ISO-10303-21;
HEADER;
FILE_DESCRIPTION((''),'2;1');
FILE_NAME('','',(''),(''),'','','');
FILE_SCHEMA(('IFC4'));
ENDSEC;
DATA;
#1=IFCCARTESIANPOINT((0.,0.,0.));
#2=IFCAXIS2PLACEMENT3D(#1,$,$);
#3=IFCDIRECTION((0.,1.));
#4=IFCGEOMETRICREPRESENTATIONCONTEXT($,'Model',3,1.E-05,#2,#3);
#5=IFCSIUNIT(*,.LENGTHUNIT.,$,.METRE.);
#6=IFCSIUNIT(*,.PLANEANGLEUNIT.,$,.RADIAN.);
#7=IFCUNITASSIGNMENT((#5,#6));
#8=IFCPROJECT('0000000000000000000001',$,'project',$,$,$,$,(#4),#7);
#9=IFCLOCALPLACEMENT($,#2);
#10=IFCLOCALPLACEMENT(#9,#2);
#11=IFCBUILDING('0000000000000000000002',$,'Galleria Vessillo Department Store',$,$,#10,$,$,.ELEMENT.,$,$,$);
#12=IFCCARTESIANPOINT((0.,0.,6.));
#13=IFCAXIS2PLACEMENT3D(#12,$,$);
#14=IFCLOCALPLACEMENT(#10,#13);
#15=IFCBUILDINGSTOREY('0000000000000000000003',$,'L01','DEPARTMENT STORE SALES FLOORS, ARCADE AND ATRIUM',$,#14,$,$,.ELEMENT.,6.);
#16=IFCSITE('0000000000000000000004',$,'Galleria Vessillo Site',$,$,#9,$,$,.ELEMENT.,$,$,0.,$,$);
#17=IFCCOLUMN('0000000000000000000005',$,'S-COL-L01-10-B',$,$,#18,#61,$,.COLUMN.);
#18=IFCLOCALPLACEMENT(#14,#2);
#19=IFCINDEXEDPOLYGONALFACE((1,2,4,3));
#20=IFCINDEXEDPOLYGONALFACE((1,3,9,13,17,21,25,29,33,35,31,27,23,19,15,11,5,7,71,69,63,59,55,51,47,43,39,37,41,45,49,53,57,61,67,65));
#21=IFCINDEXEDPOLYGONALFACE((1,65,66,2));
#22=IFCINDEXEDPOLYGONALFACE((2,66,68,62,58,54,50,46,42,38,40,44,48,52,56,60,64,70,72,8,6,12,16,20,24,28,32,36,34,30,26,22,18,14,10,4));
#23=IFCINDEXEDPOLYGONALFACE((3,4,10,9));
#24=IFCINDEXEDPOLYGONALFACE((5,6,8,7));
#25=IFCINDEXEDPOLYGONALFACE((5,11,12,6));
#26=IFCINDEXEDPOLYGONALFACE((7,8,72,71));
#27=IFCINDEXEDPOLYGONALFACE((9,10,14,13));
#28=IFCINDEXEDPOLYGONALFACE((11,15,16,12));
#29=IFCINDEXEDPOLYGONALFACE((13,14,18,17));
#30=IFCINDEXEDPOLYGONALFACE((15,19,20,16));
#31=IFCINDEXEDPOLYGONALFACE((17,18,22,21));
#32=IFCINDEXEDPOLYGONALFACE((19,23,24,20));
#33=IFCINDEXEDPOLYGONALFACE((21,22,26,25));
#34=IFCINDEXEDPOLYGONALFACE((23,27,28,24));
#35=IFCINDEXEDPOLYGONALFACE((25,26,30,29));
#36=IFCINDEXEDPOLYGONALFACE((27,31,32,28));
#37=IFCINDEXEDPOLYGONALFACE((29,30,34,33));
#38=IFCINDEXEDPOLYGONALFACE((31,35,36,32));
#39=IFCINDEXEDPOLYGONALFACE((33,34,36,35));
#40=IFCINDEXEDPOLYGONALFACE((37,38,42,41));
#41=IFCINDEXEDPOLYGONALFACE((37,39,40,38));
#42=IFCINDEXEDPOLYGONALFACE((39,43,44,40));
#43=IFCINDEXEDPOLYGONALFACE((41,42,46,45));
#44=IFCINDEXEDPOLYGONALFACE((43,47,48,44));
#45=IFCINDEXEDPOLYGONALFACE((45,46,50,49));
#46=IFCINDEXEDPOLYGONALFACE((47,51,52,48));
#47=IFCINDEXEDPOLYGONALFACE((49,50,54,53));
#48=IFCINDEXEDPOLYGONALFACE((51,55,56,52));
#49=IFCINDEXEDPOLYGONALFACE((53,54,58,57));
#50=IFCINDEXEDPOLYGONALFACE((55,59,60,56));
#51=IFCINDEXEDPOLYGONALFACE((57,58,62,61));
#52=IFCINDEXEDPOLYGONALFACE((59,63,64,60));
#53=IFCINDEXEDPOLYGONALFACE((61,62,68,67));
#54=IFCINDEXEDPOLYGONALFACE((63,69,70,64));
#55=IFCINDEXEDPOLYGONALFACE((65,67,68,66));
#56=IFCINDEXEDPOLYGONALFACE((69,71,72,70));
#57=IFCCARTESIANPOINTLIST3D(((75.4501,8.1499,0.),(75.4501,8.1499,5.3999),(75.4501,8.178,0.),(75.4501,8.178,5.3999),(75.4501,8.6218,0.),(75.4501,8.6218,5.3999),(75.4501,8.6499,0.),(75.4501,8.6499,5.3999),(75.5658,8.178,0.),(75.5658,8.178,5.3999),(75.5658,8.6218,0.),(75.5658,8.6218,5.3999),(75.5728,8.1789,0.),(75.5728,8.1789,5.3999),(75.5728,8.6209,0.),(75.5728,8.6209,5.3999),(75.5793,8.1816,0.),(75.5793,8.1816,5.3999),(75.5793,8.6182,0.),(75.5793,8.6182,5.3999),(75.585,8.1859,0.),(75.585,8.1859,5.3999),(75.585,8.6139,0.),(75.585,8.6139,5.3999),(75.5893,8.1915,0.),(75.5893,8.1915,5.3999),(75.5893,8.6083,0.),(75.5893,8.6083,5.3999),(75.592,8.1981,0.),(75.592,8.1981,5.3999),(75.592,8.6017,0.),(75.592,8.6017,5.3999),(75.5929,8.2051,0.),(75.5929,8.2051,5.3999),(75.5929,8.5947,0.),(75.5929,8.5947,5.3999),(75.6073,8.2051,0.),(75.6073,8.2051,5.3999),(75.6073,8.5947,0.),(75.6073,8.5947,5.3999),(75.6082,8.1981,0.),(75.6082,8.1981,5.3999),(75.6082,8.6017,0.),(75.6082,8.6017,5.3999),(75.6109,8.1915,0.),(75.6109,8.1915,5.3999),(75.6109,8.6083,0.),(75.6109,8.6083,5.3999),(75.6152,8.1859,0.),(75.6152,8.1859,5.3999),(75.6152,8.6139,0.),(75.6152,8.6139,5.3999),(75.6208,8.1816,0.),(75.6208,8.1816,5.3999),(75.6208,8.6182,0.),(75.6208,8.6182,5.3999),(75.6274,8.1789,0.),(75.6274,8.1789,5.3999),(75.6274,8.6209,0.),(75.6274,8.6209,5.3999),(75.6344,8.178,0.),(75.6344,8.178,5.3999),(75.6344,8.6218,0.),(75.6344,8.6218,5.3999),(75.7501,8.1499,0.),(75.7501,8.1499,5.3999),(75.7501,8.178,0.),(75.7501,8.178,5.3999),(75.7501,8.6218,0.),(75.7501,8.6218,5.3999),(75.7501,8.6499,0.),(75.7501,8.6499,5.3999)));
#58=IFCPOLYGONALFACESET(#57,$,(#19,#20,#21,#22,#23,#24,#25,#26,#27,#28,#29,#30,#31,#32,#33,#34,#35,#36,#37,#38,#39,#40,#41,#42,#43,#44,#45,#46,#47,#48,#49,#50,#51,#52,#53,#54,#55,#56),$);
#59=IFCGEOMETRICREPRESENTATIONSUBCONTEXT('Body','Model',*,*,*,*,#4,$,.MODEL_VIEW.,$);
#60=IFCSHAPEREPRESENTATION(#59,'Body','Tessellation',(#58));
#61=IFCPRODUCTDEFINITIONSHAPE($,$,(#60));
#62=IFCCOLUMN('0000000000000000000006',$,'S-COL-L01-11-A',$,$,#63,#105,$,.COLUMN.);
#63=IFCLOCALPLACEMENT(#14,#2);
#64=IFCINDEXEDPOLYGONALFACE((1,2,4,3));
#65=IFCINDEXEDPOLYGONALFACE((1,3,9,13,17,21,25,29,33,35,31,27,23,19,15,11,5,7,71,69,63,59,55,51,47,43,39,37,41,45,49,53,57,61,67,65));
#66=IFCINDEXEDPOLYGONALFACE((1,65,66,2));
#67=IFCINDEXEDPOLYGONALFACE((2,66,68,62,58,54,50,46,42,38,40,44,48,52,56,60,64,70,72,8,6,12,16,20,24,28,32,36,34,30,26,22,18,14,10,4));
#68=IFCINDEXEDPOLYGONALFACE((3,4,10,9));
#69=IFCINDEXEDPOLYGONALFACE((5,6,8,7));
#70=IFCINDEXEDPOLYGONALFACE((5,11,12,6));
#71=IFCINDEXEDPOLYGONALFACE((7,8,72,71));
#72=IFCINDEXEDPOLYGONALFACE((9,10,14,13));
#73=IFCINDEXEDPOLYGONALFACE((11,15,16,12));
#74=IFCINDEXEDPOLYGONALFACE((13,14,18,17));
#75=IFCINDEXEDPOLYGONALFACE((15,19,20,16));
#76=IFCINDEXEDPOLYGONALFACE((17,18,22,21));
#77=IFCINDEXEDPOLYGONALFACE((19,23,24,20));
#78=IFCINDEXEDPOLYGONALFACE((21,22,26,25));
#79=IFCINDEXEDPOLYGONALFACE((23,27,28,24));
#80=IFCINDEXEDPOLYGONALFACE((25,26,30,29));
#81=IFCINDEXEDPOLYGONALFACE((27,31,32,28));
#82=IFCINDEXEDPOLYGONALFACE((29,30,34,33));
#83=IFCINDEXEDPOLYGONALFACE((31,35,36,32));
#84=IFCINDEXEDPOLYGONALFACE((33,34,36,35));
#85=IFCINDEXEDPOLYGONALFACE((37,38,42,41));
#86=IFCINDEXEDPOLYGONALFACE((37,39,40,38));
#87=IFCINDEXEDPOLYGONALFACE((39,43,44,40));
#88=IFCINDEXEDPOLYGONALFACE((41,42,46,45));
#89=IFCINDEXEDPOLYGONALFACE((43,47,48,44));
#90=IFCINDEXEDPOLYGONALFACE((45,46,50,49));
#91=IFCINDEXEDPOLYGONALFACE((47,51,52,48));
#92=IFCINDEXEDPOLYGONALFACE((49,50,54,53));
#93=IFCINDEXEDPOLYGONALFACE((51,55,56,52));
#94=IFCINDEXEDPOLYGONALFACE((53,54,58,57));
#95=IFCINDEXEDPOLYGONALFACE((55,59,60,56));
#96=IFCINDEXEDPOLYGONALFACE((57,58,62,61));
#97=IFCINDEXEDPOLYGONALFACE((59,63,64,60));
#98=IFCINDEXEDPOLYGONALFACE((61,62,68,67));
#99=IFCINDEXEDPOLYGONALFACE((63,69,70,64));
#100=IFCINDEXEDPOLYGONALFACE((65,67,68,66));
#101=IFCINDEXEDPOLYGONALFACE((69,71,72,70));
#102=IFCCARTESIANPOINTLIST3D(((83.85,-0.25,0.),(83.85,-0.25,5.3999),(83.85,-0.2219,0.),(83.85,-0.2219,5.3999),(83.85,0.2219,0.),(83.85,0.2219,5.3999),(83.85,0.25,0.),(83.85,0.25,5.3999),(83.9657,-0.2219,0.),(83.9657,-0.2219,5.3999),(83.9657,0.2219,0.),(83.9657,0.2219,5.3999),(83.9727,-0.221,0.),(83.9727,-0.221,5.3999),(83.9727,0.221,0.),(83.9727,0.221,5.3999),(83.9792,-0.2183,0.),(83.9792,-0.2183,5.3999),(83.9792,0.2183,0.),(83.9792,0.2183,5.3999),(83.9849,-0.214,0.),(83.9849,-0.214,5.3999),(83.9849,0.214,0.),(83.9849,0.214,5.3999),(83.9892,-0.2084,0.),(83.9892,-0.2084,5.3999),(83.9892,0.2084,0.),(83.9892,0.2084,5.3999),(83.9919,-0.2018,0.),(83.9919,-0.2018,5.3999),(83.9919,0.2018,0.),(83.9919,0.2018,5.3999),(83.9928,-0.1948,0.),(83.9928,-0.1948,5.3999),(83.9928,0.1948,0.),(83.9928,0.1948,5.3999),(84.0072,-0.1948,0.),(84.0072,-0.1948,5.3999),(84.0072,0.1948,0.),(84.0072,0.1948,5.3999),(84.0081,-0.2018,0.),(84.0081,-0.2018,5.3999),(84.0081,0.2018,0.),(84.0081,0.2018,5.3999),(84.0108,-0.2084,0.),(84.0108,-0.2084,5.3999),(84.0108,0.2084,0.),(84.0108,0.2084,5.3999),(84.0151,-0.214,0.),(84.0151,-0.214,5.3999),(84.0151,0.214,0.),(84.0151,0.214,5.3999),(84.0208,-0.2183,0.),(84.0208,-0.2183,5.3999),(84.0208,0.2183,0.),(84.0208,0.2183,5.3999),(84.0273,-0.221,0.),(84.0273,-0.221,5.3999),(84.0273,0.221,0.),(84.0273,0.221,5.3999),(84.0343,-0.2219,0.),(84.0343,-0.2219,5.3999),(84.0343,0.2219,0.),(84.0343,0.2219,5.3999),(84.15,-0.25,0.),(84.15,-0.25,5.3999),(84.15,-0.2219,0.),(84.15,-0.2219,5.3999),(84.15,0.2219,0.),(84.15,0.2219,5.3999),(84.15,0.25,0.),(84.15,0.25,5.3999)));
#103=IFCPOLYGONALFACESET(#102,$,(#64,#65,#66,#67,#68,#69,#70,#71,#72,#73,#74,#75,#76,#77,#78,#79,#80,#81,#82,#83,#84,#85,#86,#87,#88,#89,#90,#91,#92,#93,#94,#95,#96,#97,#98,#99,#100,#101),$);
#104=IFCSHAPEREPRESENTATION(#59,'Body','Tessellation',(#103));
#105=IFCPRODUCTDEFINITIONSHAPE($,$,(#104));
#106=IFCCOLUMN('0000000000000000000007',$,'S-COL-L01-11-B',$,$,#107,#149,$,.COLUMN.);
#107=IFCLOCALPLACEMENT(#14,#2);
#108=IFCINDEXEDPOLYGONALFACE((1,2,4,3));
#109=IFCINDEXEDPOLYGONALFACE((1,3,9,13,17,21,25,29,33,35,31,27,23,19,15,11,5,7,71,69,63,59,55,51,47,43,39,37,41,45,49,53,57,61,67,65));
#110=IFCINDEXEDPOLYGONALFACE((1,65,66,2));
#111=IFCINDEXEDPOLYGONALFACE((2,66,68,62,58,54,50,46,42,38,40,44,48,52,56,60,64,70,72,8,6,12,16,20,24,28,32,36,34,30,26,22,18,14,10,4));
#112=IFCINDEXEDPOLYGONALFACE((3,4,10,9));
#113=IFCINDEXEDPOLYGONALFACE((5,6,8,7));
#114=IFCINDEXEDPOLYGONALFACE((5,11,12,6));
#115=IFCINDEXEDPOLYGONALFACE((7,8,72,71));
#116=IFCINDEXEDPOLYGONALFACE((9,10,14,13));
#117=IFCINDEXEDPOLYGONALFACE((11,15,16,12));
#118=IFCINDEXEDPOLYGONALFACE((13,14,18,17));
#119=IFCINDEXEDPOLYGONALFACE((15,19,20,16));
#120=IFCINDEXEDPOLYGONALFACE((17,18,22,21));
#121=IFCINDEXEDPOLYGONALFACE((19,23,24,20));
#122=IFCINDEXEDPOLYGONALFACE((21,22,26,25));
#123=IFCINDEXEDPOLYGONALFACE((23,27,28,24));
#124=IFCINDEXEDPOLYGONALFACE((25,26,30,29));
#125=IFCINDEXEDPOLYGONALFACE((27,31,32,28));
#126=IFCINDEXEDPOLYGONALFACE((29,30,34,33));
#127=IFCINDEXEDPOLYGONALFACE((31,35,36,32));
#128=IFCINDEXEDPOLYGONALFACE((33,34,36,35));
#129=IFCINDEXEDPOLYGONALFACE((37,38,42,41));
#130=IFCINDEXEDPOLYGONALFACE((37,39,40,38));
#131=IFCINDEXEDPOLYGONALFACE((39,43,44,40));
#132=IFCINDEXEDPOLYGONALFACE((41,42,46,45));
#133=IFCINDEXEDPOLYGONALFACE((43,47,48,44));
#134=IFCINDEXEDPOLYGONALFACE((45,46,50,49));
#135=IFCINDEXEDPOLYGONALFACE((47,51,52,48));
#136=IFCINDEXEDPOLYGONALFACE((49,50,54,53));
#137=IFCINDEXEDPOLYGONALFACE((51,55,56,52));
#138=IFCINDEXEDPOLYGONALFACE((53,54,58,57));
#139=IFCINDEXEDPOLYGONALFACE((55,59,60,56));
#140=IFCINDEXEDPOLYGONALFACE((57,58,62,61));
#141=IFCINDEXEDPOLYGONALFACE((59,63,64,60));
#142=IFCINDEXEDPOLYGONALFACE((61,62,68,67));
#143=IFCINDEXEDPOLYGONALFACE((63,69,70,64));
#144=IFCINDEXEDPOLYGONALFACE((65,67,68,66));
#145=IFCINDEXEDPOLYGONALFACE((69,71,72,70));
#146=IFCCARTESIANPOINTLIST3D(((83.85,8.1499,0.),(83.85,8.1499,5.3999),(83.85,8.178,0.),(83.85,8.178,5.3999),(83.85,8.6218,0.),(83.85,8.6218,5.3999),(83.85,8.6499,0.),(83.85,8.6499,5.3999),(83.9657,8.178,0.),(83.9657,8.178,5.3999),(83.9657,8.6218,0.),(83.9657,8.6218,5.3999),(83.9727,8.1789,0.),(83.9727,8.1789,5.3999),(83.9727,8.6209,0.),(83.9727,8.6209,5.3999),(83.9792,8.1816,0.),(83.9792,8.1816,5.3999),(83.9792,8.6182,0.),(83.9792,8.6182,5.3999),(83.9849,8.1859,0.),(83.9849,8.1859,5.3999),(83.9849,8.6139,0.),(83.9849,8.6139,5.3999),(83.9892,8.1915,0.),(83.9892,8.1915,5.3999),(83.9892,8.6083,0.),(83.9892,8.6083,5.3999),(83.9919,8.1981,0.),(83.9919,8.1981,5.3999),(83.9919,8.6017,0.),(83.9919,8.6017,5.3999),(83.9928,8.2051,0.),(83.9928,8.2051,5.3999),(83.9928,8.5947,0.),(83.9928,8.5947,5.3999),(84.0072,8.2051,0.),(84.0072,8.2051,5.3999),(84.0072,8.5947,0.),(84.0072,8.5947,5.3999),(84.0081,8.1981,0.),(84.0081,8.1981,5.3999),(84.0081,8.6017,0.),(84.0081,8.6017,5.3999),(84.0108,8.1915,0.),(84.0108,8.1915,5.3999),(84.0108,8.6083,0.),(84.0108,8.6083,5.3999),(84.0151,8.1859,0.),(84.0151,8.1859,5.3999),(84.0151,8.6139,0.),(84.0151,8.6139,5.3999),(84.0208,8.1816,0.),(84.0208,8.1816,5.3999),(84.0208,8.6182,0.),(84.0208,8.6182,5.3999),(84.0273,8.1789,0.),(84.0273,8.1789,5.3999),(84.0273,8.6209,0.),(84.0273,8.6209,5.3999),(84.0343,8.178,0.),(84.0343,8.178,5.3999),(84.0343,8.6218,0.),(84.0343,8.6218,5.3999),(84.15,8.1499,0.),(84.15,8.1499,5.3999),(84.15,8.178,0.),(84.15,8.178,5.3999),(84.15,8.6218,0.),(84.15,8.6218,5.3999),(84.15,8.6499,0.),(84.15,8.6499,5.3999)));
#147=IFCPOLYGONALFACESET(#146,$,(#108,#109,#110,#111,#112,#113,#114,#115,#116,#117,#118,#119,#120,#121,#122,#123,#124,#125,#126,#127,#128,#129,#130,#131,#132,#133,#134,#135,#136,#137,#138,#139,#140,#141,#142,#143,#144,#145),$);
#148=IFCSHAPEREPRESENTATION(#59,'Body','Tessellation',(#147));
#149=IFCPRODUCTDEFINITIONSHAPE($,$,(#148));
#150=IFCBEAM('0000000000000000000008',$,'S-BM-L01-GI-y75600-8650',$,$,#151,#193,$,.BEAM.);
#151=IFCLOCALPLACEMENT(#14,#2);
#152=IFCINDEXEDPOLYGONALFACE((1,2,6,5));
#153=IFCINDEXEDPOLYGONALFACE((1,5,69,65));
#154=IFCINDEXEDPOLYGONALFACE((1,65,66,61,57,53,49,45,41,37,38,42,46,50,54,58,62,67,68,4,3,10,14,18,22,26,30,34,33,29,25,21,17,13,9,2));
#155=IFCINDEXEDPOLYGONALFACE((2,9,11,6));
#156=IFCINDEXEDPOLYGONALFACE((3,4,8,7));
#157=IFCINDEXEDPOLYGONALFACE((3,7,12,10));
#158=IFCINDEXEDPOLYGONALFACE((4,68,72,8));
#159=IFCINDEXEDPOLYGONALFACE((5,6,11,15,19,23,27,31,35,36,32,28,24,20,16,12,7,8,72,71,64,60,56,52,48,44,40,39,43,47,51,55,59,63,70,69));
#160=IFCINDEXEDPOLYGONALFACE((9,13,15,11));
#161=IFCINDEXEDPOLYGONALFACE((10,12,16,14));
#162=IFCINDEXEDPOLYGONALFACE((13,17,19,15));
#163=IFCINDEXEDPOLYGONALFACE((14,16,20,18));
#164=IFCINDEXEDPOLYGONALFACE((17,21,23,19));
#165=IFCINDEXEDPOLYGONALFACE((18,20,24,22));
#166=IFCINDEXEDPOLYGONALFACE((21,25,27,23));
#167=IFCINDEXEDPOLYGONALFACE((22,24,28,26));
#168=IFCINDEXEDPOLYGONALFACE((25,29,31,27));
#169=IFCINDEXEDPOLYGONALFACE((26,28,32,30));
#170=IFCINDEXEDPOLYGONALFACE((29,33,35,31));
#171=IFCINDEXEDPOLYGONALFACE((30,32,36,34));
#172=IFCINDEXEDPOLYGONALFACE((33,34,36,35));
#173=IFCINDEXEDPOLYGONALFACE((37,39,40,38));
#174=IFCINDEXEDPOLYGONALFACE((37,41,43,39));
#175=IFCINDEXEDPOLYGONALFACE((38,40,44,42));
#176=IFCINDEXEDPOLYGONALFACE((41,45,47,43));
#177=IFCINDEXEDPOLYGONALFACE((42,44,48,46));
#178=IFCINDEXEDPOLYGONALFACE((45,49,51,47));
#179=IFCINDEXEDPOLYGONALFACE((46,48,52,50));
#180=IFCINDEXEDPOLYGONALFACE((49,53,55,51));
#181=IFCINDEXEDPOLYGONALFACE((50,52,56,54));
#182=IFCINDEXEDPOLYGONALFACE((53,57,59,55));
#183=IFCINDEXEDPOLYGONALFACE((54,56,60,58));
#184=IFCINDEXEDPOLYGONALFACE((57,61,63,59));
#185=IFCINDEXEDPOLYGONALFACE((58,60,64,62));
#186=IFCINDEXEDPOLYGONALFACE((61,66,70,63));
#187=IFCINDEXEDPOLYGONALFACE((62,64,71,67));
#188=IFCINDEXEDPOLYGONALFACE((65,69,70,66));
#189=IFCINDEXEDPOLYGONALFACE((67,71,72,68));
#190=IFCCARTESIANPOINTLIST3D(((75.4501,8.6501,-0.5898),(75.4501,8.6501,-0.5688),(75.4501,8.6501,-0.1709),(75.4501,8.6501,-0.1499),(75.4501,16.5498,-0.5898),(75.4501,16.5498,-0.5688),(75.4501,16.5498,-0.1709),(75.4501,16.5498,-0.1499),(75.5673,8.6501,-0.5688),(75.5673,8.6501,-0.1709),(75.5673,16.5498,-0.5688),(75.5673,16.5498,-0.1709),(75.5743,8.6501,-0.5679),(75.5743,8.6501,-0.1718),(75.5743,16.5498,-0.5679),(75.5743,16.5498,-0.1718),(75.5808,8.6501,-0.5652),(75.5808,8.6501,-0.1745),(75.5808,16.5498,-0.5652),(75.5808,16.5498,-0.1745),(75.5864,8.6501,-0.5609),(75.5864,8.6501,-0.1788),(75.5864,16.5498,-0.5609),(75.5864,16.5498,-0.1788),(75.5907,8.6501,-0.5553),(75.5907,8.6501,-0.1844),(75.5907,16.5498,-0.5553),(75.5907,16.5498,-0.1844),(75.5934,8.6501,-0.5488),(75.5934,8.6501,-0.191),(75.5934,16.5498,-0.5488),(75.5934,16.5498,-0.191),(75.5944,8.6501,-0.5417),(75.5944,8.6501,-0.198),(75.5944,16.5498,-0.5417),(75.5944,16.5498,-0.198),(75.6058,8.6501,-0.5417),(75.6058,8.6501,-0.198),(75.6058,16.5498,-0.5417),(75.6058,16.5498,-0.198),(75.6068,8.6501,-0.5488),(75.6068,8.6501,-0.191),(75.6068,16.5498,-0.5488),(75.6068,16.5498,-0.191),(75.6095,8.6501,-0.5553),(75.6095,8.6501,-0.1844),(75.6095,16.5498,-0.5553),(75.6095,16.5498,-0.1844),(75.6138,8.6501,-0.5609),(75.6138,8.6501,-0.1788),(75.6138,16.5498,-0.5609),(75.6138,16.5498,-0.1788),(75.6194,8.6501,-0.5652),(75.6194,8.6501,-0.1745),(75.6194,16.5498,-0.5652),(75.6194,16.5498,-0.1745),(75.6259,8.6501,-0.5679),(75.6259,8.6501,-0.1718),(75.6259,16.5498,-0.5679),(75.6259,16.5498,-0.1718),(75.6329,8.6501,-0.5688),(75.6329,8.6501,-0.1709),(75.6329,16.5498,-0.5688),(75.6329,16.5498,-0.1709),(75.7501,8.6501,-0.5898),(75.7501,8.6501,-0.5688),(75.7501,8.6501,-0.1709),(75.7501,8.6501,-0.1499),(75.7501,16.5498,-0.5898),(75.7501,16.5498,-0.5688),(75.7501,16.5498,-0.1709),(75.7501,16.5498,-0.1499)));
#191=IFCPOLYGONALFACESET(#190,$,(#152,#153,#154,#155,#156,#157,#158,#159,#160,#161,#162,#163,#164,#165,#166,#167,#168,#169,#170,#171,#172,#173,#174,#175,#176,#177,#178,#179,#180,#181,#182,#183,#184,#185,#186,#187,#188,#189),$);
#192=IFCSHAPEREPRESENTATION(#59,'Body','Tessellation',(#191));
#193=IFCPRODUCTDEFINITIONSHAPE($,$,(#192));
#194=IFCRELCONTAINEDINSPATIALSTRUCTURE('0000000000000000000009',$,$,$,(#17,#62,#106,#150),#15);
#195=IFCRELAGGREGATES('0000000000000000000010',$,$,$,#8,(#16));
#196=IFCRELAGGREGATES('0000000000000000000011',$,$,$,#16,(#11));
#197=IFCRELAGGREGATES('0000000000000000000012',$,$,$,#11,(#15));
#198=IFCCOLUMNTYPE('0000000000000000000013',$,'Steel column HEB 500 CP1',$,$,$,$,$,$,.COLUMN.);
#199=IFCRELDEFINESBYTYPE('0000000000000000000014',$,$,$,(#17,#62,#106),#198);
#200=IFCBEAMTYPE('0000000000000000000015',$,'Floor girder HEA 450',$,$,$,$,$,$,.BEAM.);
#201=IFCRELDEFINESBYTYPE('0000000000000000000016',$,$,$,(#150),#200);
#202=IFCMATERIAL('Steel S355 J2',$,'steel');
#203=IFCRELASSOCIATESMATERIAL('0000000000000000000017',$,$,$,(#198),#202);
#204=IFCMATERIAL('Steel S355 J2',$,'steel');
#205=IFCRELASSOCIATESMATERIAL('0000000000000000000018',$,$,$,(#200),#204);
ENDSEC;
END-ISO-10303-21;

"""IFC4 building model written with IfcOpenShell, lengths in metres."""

from ifc_helpers import new_model, si_unit, direction, frame, origin, origin_2d, place, context, subcontext, project, spatial, i_section, extrude, material, material_profile, profile_set, type_object, element, save


model = new_model("IFC4")

# Units and contexts
model_context = context("Model", 3, precision=1e-05, world=origin(), true_north=direction((0.0, 1.0)))
body_context = subcontext(model_context, "Body", "Model", "MODEL_VIEW")
ifc_project = project(units=[si_unit("LENGTHUNIT", "METRE"), si_unit("PLANEANGLEUNIT", "RADIAN")], contexts=[model_context])

# Site, building, storey
site_placement = place(None, origin())
site = spatial("IfcSite", under=ifc_project, at=site_placement, Name="Galleria Vessillo Site", CompositionType="ELEMENT", RefElevation=0.0)
building_placement = place(site_placement, origin())
building = spatial("IfcBuilding", under=site, at=building_placement, Name="Galleria Vessillo Department Store", CompositionType="ELEMENT")
storey_placement = place(building_placement, frame((0.0, 0.0, 6.0)))
storey = spatial("IfcBuildingStorey", under=building, at=storey_placement, Name="L01", Description="DEPARTMENT STORE SALES FLOORS, ARCADE AND ATRIUM", CompositionType="ELEMENT", Elevation=6.0)

# Columns
ifc_material_1 = material(Name="Steel S355 J2", Category="steel")
ifc_material_profile_1 = material_profile(ifc_material_1, i_section(OverallWidth=0.3, OverallDepth=0.5, WebThickness=0.0144, FlangeThickness=0.0281, FilletRadius=0.0271, at=origin_2d()), Name="HEB 500")
ifc_profile_set_1 = profile_set([ifc_material_profile_1], Name="Steel S355 J2")
column_type = type_object("IfcColumnType", Name="Steel column HEB 500 CP1", PredefinedType="COLUMN", material=ifc_profile_set_1)
for number, where, z_axis, x_axis, name in (
    (1, (75.6001, 8.3999, 0.0), (0.0, 0.0, 1.0), (1.0, 0.0, 0.0), "S-COL-L01-10-B"),
    (2, (84.0, 0.0, 0.0), (0.0, 0.0, 1.0), (1.0, 0.0, 0.0), "S-COL-L01-11-A"),
    (3, (84.0, 8.3999, 0.0), (0.0, 0.0, 1.0), (1.0, 0.0, 0.0), "S-COL-L01-11-B"),
):
    element("IfcColumn", number, at=place(storey_placement, frame(where, z_axis=z_axis, x_axis=x_axis)), inside=storey, type_object=column_type, Name=name, PredefinedType="COLUMN", context=body_context, shape_type="SweptSolid", body=[
        extrude(i_section(OverallWidth=0.3, OverallDepth=0.5, WebThickness=0.0144, FlangeThickness=0.0281, FilletRadius=0.0271, at=origin_2d()), origin(), (0.0, 0.0, 1.0), 5.3999),
    ])

# Beam
ifc_material_2 = material(Name="Steel S355 J2", Category="steel")
ifc_material_profile_2 = material_profile(ifc_material_2, i_section(OverallWidth=0.3, OverallDepth=0.4399, WebThickness=0.0115, FlangeThickness=0.021, FilletRadius=0.0271, at=origin_2d()), Name="HEA 450")
ifc_profile_set_2 = profile_set([ifc_material_profile_2], Name="Steel S355 J2")
beam_type_1 = type_object("IfcBeamType", Name="Floor girder HEA 450", PredefinedType="BEAM", material=ifc_profile_set_2)
for number, where, z_axis, x_axis, name in (
    (4, (75.6001, 8.6501, -0.3699), (0.0, 1.0, 0.0), (-1.0, 0.0, 0.0), "S-BM-L01-GI-y75600-8650"),
):
    element("IfcBeam", number, at=place(storey_placement, frame(where, z_axis=z_axis, x_axis=x_axis)), inside=storey, type_object=beam_type_1, Name=name, PredefinedType="BEAM", context=body_context, shape_type="SweptSolid", body=[
        extrude(i_section(OverallWidth=0.3, OverallDepth=0.4399, WebThickness=0.0115, FlangeThickness=0.021, FilletRadius=0.0271, at=origin_2d()), origin(), (0.0, 0.0, 1.0), 7.8997),
    ])

save(model, "model.ifc")
